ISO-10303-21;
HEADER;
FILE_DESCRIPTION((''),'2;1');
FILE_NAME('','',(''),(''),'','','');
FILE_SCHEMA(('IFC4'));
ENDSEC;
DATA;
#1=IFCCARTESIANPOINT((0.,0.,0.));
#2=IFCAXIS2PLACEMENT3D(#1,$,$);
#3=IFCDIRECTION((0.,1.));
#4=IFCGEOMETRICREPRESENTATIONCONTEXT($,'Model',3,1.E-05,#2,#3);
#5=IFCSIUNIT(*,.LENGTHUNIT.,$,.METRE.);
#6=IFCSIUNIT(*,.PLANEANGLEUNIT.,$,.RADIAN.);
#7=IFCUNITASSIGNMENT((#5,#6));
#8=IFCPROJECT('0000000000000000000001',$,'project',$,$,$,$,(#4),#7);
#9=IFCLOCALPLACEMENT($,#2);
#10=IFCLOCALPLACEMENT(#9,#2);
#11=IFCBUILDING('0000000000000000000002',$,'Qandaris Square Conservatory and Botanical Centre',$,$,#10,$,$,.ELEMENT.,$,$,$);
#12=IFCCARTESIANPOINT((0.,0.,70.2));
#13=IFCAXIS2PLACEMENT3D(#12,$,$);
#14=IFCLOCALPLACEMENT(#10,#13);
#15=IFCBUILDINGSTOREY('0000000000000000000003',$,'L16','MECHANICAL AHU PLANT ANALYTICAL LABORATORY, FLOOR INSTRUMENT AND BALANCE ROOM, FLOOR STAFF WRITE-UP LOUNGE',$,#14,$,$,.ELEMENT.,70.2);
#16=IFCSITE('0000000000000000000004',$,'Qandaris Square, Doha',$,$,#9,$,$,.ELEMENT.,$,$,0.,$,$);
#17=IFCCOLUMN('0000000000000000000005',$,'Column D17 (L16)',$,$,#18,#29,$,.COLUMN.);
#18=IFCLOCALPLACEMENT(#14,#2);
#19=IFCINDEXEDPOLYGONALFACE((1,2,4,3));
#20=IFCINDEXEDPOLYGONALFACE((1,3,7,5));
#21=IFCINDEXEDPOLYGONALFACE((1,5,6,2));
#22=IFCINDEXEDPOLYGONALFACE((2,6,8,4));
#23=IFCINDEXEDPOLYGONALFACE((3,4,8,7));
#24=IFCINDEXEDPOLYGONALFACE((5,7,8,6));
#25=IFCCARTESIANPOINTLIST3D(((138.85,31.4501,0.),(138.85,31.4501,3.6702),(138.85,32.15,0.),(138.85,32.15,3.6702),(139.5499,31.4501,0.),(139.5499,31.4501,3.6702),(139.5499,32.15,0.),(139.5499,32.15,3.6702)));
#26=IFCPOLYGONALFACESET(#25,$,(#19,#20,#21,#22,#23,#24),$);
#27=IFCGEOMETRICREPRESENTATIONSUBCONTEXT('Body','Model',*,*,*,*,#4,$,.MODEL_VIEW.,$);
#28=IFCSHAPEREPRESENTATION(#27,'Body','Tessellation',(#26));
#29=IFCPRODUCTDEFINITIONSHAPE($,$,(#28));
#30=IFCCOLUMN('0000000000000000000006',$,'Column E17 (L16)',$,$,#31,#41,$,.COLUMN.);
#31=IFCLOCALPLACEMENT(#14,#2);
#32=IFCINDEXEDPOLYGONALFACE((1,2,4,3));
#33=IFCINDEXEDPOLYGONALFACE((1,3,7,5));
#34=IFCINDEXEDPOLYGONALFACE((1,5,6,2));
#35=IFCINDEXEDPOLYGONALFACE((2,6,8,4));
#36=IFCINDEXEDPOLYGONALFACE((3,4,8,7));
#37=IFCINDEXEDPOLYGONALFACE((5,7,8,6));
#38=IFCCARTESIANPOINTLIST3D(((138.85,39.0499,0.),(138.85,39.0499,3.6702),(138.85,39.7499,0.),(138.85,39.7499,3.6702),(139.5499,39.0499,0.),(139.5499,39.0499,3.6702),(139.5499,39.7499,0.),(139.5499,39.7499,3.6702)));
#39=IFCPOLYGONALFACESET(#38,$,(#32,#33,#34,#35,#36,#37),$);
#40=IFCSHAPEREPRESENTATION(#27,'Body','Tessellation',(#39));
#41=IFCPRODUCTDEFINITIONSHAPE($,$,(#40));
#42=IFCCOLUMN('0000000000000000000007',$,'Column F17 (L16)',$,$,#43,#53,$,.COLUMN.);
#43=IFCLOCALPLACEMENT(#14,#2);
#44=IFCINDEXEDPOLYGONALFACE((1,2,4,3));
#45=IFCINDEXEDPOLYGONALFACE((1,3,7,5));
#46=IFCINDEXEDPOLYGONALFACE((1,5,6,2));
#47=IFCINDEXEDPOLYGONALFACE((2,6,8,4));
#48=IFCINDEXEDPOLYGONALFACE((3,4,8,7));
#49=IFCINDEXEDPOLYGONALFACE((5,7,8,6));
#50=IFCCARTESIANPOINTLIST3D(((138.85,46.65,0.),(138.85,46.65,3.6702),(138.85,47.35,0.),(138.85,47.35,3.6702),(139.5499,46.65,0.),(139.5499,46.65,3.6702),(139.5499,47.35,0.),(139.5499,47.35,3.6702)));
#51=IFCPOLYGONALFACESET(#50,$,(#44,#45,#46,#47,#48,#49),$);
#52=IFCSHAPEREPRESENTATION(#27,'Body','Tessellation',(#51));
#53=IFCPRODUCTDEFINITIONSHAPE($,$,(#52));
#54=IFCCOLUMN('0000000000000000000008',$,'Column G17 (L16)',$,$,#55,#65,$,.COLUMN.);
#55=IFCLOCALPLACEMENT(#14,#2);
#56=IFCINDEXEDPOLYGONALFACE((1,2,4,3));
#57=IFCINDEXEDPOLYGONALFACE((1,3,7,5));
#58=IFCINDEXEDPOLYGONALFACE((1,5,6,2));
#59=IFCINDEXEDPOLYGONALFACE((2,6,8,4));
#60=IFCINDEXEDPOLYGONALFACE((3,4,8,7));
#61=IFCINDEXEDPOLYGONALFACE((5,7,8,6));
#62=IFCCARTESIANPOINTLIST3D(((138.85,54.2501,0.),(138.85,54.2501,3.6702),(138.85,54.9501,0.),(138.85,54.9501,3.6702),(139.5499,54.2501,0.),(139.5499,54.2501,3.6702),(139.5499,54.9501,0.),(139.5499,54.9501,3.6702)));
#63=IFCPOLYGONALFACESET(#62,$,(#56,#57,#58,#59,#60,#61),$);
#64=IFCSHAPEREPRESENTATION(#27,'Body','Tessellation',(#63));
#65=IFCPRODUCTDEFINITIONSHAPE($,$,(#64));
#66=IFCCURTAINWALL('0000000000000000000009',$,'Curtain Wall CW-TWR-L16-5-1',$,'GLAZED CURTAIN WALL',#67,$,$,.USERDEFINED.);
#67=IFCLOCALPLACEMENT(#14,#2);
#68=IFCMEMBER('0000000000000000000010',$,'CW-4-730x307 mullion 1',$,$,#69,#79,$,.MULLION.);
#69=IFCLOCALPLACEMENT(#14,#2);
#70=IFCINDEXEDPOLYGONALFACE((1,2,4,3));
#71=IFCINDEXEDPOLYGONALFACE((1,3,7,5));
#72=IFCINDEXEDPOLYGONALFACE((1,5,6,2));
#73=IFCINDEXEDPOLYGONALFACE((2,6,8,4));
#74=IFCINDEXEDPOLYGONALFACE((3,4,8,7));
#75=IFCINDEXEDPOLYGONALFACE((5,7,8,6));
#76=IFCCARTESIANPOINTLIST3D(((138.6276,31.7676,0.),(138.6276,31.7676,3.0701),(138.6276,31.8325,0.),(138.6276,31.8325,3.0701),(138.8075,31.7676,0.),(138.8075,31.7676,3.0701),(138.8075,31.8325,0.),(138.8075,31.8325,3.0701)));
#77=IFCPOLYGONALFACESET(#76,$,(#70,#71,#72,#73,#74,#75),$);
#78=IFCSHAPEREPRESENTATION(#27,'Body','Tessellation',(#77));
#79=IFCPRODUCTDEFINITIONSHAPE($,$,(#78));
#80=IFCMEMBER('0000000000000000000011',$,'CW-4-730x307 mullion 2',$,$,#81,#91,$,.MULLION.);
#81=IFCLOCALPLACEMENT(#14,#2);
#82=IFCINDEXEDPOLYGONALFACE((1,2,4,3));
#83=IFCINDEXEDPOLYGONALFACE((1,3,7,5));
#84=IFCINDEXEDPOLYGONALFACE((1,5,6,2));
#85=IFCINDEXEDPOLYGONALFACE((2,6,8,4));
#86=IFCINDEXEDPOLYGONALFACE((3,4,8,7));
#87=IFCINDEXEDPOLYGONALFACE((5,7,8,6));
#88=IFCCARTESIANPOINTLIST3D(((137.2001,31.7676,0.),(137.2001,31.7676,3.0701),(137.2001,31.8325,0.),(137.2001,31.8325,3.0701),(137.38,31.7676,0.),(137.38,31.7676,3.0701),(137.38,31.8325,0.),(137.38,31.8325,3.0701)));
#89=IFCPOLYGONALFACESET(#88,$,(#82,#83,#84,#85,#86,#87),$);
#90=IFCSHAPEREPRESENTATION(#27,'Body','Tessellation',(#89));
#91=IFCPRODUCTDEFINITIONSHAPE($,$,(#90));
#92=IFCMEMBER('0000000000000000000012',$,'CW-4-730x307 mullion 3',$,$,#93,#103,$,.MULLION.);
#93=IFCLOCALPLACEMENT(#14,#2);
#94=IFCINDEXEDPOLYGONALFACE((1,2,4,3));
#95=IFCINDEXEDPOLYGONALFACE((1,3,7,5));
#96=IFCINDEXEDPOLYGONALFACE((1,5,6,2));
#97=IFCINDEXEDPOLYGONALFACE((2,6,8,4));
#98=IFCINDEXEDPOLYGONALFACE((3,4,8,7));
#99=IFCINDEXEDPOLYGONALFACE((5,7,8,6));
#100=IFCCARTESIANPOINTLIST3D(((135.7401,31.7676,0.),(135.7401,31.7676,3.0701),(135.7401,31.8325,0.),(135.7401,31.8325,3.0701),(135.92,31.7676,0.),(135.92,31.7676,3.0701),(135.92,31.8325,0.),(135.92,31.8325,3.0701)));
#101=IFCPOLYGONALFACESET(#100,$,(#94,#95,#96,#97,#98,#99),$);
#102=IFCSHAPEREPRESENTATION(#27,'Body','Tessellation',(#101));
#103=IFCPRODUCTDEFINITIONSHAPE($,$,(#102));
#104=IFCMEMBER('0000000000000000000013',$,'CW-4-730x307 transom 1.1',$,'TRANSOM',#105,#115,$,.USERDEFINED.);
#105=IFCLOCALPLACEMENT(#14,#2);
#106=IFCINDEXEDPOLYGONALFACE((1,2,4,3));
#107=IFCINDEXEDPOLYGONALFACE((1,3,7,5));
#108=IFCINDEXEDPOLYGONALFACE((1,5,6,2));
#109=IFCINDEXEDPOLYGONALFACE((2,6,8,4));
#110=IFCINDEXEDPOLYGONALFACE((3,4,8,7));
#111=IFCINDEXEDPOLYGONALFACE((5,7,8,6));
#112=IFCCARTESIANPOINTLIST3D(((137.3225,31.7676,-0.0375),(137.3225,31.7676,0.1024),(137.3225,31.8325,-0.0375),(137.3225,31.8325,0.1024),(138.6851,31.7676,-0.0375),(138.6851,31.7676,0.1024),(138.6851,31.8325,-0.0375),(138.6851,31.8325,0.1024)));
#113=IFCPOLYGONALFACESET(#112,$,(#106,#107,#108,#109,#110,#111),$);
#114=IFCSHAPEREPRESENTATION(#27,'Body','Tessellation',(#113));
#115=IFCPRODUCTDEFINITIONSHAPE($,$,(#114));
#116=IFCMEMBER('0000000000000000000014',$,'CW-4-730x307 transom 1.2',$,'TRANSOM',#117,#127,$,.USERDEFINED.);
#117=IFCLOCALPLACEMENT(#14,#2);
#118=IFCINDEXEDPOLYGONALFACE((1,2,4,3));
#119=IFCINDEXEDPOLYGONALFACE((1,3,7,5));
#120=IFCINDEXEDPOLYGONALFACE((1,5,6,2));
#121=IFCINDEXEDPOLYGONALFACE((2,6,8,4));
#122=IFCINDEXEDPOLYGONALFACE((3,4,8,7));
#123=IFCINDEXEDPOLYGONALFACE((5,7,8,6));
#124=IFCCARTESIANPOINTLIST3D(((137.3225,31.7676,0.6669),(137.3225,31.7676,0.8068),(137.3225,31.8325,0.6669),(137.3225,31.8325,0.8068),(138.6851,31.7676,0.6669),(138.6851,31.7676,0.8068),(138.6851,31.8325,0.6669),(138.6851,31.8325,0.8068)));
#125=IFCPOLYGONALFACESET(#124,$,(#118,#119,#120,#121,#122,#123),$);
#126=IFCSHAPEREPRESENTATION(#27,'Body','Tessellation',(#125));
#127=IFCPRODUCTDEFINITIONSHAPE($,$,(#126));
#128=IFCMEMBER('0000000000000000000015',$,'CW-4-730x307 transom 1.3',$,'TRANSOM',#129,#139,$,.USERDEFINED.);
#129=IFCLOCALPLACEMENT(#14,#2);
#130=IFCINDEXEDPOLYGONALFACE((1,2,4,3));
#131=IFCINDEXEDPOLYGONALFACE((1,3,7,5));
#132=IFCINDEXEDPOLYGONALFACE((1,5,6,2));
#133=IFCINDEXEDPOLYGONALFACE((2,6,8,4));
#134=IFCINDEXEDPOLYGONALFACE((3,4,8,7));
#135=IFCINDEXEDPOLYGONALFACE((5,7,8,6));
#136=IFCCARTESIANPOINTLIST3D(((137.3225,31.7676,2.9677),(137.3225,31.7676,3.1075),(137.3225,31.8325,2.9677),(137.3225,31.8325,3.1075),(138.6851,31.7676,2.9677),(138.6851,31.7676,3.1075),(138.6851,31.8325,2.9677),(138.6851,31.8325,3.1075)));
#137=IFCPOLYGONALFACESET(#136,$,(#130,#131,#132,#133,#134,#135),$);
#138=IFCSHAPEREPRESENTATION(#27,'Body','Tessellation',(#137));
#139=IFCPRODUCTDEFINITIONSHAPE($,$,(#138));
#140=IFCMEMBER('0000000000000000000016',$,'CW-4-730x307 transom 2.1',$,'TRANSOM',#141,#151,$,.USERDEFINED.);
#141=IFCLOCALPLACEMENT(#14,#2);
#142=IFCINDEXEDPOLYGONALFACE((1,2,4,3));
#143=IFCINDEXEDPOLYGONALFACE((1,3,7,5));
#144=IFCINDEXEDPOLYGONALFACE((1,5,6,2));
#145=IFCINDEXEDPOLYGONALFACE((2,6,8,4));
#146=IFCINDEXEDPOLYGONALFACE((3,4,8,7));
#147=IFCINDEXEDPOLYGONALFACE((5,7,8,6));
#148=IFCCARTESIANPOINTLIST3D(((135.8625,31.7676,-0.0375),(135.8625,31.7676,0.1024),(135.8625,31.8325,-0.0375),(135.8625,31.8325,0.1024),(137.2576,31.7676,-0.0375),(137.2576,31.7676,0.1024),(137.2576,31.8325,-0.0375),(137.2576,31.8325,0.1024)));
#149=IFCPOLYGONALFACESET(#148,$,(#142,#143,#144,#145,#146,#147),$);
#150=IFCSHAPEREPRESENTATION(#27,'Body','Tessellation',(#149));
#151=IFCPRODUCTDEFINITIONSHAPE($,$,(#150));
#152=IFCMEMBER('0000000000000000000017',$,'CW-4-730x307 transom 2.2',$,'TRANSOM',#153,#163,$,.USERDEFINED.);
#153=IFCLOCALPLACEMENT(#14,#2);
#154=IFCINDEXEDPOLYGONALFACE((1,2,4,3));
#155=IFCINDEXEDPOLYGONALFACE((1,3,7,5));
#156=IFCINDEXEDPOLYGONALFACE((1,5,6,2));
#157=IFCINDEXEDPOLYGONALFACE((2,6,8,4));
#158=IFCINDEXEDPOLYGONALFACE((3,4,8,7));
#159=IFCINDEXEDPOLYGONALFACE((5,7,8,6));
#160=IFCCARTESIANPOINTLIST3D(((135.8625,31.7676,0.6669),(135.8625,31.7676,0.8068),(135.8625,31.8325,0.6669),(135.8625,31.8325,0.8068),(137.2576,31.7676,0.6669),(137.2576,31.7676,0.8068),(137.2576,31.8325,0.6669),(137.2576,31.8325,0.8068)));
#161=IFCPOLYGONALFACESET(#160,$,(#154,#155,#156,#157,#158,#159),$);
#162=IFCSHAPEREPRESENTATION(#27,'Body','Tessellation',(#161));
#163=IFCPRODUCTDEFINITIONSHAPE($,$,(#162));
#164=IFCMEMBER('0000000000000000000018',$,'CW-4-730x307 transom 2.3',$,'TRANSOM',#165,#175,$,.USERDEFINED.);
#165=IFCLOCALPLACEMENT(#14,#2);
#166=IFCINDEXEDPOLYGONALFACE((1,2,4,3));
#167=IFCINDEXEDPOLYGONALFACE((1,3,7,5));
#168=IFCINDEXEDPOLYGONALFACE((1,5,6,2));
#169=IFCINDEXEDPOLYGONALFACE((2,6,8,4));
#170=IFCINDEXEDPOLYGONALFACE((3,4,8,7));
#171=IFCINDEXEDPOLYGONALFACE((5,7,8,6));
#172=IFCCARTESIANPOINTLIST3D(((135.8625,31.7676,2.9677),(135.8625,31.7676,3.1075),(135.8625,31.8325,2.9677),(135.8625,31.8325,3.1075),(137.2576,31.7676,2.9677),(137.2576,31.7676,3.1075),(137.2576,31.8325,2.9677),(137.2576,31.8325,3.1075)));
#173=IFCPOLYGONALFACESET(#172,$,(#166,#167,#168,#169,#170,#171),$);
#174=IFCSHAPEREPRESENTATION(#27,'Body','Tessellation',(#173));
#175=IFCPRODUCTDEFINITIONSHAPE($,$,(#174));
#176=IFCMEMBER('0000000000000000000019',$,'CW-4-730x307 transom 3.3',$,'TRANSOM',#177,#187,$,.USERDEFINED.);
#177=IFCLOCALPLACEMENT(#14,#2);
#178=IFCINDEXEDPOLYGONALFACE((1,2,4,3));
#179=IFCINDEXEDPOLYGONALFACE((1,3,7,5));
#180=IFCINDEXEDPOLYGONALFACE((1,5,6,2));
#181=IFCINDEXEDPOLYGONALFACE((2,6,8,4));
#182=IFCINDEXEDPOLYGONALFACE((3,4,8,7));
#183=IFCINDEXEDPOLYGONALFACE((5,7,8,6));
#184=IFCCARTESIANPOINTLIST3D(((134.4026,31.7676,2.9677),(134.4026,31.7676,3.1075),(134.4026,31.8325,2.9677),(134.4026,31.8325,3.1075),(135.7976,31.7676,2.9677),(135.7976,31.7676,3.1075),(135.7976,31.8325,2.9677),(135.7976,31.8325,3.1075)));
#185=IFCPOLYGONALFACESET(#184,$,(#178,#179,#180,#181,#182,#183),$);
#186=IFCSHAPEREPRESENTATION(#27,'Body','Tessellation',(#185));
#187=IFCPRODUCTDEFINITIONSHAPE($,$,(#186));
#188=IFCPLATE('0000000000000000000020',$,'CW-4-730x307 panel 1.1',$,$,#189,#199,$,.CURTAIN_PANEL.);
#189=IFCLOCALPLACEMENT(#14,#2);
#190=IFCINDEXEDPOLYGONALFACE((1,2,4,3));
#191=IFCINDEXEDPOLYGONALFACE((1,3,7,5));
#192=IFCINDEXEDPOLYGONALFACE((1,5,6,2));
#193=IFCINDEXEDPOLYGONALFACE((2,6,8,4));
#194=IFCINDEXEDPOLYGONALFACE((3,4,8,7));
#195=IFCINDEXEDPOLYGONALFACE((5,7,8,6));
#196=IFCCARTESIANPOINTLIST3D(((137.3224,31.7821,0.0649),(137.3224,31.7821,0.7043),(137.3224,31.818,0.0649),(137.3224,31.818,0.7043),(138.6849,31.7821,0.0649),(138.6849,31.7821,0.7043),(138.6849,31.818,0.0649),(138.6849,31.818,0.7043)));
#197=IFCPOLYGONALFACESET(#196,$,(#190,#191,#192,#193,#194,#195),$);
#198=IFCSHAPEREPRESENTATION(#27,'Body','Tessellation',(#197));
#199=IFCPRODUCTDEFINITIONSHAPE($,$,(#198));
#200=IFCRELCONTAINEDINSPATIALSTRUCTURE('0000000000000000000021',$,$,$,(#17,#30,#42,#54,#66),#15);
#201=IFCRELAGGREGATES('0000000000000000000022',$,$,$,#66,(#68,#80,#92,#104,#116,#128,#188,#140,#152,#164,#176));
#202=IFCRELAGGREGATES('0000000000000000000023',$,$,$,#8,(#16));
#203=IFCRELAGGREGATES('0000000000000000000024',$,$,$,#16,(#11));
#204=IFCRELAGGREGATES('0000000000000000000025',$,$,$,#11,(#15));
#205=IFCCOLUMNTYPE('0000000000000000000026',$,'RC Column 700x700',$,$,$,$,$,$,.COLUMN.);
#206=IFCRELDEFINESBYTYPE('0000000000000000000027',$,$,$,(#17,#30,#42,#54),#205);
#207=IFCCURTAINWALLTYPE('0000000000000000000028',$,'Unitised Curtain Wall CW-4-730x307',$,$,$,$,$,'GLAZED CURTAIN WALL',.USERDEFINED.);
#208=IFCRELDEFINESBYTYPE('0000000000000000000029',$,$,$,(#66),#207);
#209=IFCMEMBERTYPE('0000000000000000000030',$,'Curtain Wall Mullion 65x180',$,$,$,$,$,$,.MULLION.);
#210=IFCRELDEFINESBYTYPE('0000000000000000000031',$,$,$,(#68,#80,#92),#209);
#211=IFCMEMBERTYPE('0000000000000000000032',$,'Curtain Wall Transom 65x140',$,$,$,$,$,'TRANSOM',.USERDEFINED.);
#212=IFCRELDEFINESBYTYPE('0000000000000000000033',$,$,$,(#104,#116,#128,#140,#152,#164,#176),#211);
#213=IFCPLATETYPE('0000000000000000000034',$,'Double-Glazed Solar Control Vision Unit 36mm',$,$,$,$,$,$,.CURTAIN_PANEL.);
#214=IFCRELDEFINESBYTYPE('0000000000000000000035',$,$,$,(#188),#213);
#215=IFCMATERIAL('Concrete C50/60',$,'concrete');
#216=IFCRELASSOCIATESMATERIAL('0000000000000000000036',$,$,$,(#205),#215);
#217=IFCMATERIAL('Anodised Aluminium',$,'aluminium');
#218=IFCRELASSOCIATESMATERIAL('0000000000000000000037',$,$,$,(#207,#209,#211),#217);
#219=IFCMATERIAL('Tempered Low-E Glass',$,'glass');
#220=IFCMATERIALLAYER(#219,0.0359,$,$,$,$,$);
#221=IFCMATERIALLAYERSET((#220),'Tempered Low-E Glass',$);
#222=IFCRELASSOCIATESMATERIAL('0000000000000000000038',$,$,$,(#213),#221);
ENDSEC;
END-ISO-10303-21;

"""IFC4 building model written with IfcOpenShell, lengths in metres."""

from ifc_helpers import new_model, si_unit, direction, frame, origin, origin_2d, place, context, subcontext, project, spatial, rectangle, extrude, material, layer, layer_set, material_profile, profile_set, type_object, element, aggregate, save


model = new_model("IFC4")

# Units and contexts
model_context = context("Model", 3, precision=1e-05, world=origin(), true_north=direction((0.0, 1.0)))
body_context = subcontext(model_context, "Body", "Model", "MODEL_VIEW")
ifc_project = project(units=[si_unit("LENGTHUNIT", "METRE"), si_unit("PLANEANGLEUNIT", "RADIAN")], contexts=[model_context])

# Site, building, storey
site_placement = place(None, origin())
site = spatial("IfcSite", under=ifc_project, at=site_placement, Name="Qandaris Square, Doha", CompositionType="ELEMENT", RefElevation=0.0)
building_placement = place(site_placement, origin())
building = spatial("IfcBuilding", under=site, at=building_placement, Name="Qandaris Square Conservatory and Botanical Centre", CompositionType="ELEMENT")
storey_placement = place(building_placement, frame((0.0, 0.0, 70.2)))
storey = spatial("IfcBuildingStorey", under=building, at=storey_placement, Name="L16", Description="MECHANICAL AHU PLANT ANALYTICAL LABORATORY, FLOOR INSTRUMENT AND BALANCE ROOM, FLOOR STAFF WRITE-UP LOUNGE", CompositionType="ELEMENT", Elevation=70.2)

# Columns
ifc_material_1 = material(Name="Concrete C50/60", Category="concrete")
ifc_material_profile_1 = material_profile(ifc_material_1, rectangle(XDim=0.7, YDim=0.7, at=origin_2d()), Name="RC-COL 700x700")
ifc_profile_set_1 = profile_set([ifc_material_profile_1], Name="Concrete C50/60")
column_type = type_object("IfcColumnType", Name="RC Column 700x700", PredefinedType="COLUMN", material=ifc_profile_set_1)
for number, where, z_axis, x_axis, name in (
    (1, (139.2, 31.8, 0.0), (0.0, 0.0, 1.0), (1.0, 0.0, 0.0), "Column D17 (L16)"),
    (2, (139.2, 39.3999, 0.0), (0.0, 0.0, 1.0), (1.0, 0.0, 0.0), "Column E17 (L16)"),
    (3, (139.2, 47.0, 0.0), (0.0, 0.0, 1.0), (1.0, 0.0, 0.0), "Column F17 (L16)"),
    (4, (139.2, 54.6001, 0.0), (0.0, 0.0, 1.0), (1.0, 0.0, 0.0), "Column G17 (L16)"),
):
    element("IfcColumn", number, at=place(storey_placement, frame(where, z_axis=z_axis, x_axis=x_axis)), inside=storey, type_object=column_type, Name=name, PredefinedType="COLUMN", context=body_context, shape_type="SweptSolid", body=[
        extrude(rectangle(XDim=0.7, YDim=0.7, at=origin_2d()), origin(), (0.0, 0.0, 1.0), 3.6702),
    ])

# Curtain wall, members, plate
ifc_material_2 = material(Name="Anodised Aluminium", Category="aluminium")
curtain_wall_type = type_object("IfcCurtainWallType", Name="Unitised Curtain Wall CW-4-730x307", ElementType="GLAZED CURTAIN WALL", PredefinedType="USERDEFINED", material=ifc_material_2)
curtain_wall_placement = place(storey_placement, origin())
curtain_wall = element("IfcCurtainWall", 5, at=curtain_wall_placement, inside=storey, type_object=curtain_wall_type, Name="Curtain Wall CW-TWR-L16-5-1", ObjectType="GLAZED CURTAIN WALL", PredefinedType="USERDEFINED")
ifc_material_profile_2 = material_profile(ifc_material_2, rectangle(XDim=0.0649, YDim=0.1799, at=origin_2d()), Name="ALU-MUL 65x180")
ifc_profile_set_2 = profile_set([ifc_material_profile_2], Name="Anodised Aluminium")
member_type_1 = type_object("IfcMemberType", Name="Curtain Wall Mullion 65x180", PredefinedType="MULLION", material=ifc_profile_set_2)
member_1_placement = place(storey_placement, frame((138.7175, 31.8, 0.0), z_axis=(0.0, 0.0, 1.0), x_axis=(0.0, -1.0, 0.0)))
member_1 = element("IfcMember", 6, at=member_1_placement, type_object=member_type_1, Name="CW-4-730x307 mullion 1", PredefinedType="MULLION", context=body_context, shape_type="SweptSolid", body=[
    extrude(rectangle(XDim=0.0649, YDim=0.1799, at=origin_2d()), origin(), (0.0, 0.0, 1.0), 3.0701),
])
member_2_placement = place(storey_placement, frame((137.29, 31.8, 0.0), z_axis=(0.0, 0.0, 1.0), x_axis=(0.0, -1.0, 0.0)))
member_2 = element("IfcMember", 7, at=member_2_placement, type_object=member_type_1, Name="CW-4-730x307 mullion 2", PredefinedType="MULLION", context=body_context, shape_type="SweptSolid", body=[
    extrude(rectangle(XDim=0.0649, YDim=0.1799, at=origin_2d()), origin(), (0.0, 0.0, 1.0), 3.0701),
])
member_3_placement = place(storey_placement, frame((135.8301, 31.8, 0.0), z_axis=(0.0, 0.0, 1.0), x_axis=(0.0, -1.0, 0.0)))
member_3 = element("IfcMember", 8, at=member_3_placement, type_object=member_type_1, Name="CW-4-730x307 mullion 3", PredefinedType="MULLION", context=body_context, shape_type="SweptSolid", body=[
    extrude(rectangle(XDim=0.0649, YDim=0.1799, at=origin_2d()), origin(), (0.0, 0.0, 1.0), 3.0701),
])
ifc_material_profile_3 = material_profile(ifc_material_2, rectangle(XDim=0.0649, YDim=0.1399, at=origin_2d()), Name="ALU-TRN 65x140")
ifc_profile_set_3 = profile_set([ifc_material_profile_3], Name="Anodised Aluminium")
member_type_2 = type_object("IfcMemberType", Name="Curtain Wall Transom 65x140", ElementType="TRANSOM", PredefinedType="USERDEFINED", material=ifc_profile_set_3)
member_4_placement = place(storey_placement, frame((138.6851, 31.8, 0.0325), z_axis=(-1.0, 0.0, 0.0), x_axis=(0.0, -1.0, 0.0)))
member_4 = element("IfcMember", 9, at=member_4_placement, type_object=member_type_2, Name="CW-4-730x307 transom 1.1", ObjectType="TRANSOM", PredefinedType="USERDEFINED", context=body_context, shape_type="SweptSolid", body=[
    extrude(rectangle(XDim=0.0649, YDim=0.1399, at=origin_2d()), origin(), (0.0, 0.0, 1.0), 1.3625),
])
member_5_placement = place(storey_placement, frame((138.6851, 31.8, 0.7368), z_axis=(-1.0, 0.0, 0.0), x_axis=(0.0, -1.0, 0.0)))
member_5 = element("IfcMember", 10, at=member_5_placement, type_object=member_type_2, Name="CW-4-730x307 transom 1.2", ObjectType="TRANSOM", PredefinedType="USERDEFINED", context=body_context, shape_type="SweptSolid", body=[
    extrude(rectangle(XDim=0.0649, YDim=0.1399, at=origin_2d()), origin(), (0.0, 0.0, 1.0), 1.3625),
])
member_6_placement = place(storey_placement, frame((138.6851, 31.8, 3.0376), z_axis=(-1.0, 0.0, 0.0), x_axis=(0.0, -1.0, 0.0)))
member_6 = element("IfcMember", 11, at=member_6_placement, type_object=member_type_2, Name="CW-4-730x307 transom 1.3", ObjectType="TRANSOM", PredefinedType="USERDEFINED", context=body_context, shape_type="SweptSolid", body=[
    extrude(rectangle(XDim=0.0649, YDim=0.1399, at=origin_2d()), origin(), (0.0, 0.0, 1.0), 1.3625),
])
member_7_placement = place(storey_placement, frame((137.2576, 31.8, 0.0325), z_axis=(-1.0, 0.0, 0.0), x_axis=(0.0, -1.0, 0.0)))
member_7 = element("IfcMember", 12, at=member_7_placement, type_object=member_type_2, Name="CW-4-730x307 transom 2.1", ObjectType="TRANSOM", PredefinedType="USERDEFINED", context=body_context, shape_type="SweptSolid", body=[
    extrude(rectangle(XDim=0.0649, YDim=0.1399, at=origin_2d()), origin(), (0.0, 0.0, 1.0), 1.395),
])
member_8_placement = place(storey_placement, frame((137.2576, 31.8, 0.7368), z_axis=(-1.0, 0.0, 0.0), x_axis=(0.0, -1.0, 0.0)))
member_8 = element("IfcMember", 13, at=member_8_placement, type_object=member_type_2, Name="CW-4-730x307 transom 2.2", ObjectType="TRANSOM", PredefinedType="USERDEFINED", context=body_context, shape_type="SweptSolid", body=[
    extrude(rectangle(XDim=0.0649, YDim=0.1399, at=origin_2d()), origin(), (0.0, 0.0, 1.0), 1.395),
])
member_9_placement = place(storey_placement, frame((137.2576, 31.8, 3.0376), z_axis=(-1.0, 0.0, 0.0), x_axis=(0.0, -1.0, 0.0)))
member_9 = element("IfcMember", 14, at=member_9_placement, type_object=member_type_2, Name="CW-4-730x307 transom 2.3", ObjectType="TRANSOM", PredefinedType="USERDEFINED", context=body_context, shape_type="SweptSolid", body=[
    extrude(rectangle(XDim=0.0649, YDim=0.1399, at=origin_2d()), origin(), (0.0, 0.0, 1.0), 1.395),
])
member_10_placement = place(storey_placement, frame((135.7976, 31.8, 3.0376), z_axis=(-1.0, 0.0, 0.0), x_axis=(0.0, -1.0, 0.0)))
member_10 = element("IfcMember", 15, at=member_10_placement, type_object=member_type_2, Name="CW-4-730x307 transom 3.3", ObjectType="TRANSOM", PredefinedType="USERDEFINED", context=body_context, shape_type="SweptSolid", body=[
    extrude(rectangle(XDim=0.0649, YDim=0.1399, at=origin_2d()), origin(), (0.0, 0.0, 1.0), 1.395),
])
ifc_material_3 = material(Name="Tempered Low-E Glass", Category="glass")
ifc_layer_1 = layer(ifc_material_3, 0.0359)
ifc_layer_set_1 = layer_set([ifc_layer_1], Name="Tempered Low-E Glass")
plate_type_1 = type_object("IfcPlateType", Name="Double-Glazed Solar Control Vision Unit 36mm", PredefinedType="CURTAIN_PANEL", material=ifc_layer_set_1)
plate_1_placement = place(storey_placement, frame((138.0037, 31.8, 0.0649), z_axis=(0.0, 0.0, 1.0), x_axis=(-1.0, 0.0, 0.0)))
plate_1 = element("IfcPlate", 16, at=plate_1_placement, type_object=plate_type_1, Name="CW-4-730x307 panel 1.1", PredefinedType="CURTAIN_PANEL", context=body_context, shape_type="SweptSolid", body=[
    extrude(rectangle(XDim=1.3625, YDim=0.0359, at=origin_2d()), origin(), (0.0, 0.0, 1.0), 0.6394),
])
aggregate(curtain_wall, [member_1, member_2, member_3, member_4, member_5, member_6, plate_1, member_7, member_8, member_9, member_10])

save(model, "model.ifc")
